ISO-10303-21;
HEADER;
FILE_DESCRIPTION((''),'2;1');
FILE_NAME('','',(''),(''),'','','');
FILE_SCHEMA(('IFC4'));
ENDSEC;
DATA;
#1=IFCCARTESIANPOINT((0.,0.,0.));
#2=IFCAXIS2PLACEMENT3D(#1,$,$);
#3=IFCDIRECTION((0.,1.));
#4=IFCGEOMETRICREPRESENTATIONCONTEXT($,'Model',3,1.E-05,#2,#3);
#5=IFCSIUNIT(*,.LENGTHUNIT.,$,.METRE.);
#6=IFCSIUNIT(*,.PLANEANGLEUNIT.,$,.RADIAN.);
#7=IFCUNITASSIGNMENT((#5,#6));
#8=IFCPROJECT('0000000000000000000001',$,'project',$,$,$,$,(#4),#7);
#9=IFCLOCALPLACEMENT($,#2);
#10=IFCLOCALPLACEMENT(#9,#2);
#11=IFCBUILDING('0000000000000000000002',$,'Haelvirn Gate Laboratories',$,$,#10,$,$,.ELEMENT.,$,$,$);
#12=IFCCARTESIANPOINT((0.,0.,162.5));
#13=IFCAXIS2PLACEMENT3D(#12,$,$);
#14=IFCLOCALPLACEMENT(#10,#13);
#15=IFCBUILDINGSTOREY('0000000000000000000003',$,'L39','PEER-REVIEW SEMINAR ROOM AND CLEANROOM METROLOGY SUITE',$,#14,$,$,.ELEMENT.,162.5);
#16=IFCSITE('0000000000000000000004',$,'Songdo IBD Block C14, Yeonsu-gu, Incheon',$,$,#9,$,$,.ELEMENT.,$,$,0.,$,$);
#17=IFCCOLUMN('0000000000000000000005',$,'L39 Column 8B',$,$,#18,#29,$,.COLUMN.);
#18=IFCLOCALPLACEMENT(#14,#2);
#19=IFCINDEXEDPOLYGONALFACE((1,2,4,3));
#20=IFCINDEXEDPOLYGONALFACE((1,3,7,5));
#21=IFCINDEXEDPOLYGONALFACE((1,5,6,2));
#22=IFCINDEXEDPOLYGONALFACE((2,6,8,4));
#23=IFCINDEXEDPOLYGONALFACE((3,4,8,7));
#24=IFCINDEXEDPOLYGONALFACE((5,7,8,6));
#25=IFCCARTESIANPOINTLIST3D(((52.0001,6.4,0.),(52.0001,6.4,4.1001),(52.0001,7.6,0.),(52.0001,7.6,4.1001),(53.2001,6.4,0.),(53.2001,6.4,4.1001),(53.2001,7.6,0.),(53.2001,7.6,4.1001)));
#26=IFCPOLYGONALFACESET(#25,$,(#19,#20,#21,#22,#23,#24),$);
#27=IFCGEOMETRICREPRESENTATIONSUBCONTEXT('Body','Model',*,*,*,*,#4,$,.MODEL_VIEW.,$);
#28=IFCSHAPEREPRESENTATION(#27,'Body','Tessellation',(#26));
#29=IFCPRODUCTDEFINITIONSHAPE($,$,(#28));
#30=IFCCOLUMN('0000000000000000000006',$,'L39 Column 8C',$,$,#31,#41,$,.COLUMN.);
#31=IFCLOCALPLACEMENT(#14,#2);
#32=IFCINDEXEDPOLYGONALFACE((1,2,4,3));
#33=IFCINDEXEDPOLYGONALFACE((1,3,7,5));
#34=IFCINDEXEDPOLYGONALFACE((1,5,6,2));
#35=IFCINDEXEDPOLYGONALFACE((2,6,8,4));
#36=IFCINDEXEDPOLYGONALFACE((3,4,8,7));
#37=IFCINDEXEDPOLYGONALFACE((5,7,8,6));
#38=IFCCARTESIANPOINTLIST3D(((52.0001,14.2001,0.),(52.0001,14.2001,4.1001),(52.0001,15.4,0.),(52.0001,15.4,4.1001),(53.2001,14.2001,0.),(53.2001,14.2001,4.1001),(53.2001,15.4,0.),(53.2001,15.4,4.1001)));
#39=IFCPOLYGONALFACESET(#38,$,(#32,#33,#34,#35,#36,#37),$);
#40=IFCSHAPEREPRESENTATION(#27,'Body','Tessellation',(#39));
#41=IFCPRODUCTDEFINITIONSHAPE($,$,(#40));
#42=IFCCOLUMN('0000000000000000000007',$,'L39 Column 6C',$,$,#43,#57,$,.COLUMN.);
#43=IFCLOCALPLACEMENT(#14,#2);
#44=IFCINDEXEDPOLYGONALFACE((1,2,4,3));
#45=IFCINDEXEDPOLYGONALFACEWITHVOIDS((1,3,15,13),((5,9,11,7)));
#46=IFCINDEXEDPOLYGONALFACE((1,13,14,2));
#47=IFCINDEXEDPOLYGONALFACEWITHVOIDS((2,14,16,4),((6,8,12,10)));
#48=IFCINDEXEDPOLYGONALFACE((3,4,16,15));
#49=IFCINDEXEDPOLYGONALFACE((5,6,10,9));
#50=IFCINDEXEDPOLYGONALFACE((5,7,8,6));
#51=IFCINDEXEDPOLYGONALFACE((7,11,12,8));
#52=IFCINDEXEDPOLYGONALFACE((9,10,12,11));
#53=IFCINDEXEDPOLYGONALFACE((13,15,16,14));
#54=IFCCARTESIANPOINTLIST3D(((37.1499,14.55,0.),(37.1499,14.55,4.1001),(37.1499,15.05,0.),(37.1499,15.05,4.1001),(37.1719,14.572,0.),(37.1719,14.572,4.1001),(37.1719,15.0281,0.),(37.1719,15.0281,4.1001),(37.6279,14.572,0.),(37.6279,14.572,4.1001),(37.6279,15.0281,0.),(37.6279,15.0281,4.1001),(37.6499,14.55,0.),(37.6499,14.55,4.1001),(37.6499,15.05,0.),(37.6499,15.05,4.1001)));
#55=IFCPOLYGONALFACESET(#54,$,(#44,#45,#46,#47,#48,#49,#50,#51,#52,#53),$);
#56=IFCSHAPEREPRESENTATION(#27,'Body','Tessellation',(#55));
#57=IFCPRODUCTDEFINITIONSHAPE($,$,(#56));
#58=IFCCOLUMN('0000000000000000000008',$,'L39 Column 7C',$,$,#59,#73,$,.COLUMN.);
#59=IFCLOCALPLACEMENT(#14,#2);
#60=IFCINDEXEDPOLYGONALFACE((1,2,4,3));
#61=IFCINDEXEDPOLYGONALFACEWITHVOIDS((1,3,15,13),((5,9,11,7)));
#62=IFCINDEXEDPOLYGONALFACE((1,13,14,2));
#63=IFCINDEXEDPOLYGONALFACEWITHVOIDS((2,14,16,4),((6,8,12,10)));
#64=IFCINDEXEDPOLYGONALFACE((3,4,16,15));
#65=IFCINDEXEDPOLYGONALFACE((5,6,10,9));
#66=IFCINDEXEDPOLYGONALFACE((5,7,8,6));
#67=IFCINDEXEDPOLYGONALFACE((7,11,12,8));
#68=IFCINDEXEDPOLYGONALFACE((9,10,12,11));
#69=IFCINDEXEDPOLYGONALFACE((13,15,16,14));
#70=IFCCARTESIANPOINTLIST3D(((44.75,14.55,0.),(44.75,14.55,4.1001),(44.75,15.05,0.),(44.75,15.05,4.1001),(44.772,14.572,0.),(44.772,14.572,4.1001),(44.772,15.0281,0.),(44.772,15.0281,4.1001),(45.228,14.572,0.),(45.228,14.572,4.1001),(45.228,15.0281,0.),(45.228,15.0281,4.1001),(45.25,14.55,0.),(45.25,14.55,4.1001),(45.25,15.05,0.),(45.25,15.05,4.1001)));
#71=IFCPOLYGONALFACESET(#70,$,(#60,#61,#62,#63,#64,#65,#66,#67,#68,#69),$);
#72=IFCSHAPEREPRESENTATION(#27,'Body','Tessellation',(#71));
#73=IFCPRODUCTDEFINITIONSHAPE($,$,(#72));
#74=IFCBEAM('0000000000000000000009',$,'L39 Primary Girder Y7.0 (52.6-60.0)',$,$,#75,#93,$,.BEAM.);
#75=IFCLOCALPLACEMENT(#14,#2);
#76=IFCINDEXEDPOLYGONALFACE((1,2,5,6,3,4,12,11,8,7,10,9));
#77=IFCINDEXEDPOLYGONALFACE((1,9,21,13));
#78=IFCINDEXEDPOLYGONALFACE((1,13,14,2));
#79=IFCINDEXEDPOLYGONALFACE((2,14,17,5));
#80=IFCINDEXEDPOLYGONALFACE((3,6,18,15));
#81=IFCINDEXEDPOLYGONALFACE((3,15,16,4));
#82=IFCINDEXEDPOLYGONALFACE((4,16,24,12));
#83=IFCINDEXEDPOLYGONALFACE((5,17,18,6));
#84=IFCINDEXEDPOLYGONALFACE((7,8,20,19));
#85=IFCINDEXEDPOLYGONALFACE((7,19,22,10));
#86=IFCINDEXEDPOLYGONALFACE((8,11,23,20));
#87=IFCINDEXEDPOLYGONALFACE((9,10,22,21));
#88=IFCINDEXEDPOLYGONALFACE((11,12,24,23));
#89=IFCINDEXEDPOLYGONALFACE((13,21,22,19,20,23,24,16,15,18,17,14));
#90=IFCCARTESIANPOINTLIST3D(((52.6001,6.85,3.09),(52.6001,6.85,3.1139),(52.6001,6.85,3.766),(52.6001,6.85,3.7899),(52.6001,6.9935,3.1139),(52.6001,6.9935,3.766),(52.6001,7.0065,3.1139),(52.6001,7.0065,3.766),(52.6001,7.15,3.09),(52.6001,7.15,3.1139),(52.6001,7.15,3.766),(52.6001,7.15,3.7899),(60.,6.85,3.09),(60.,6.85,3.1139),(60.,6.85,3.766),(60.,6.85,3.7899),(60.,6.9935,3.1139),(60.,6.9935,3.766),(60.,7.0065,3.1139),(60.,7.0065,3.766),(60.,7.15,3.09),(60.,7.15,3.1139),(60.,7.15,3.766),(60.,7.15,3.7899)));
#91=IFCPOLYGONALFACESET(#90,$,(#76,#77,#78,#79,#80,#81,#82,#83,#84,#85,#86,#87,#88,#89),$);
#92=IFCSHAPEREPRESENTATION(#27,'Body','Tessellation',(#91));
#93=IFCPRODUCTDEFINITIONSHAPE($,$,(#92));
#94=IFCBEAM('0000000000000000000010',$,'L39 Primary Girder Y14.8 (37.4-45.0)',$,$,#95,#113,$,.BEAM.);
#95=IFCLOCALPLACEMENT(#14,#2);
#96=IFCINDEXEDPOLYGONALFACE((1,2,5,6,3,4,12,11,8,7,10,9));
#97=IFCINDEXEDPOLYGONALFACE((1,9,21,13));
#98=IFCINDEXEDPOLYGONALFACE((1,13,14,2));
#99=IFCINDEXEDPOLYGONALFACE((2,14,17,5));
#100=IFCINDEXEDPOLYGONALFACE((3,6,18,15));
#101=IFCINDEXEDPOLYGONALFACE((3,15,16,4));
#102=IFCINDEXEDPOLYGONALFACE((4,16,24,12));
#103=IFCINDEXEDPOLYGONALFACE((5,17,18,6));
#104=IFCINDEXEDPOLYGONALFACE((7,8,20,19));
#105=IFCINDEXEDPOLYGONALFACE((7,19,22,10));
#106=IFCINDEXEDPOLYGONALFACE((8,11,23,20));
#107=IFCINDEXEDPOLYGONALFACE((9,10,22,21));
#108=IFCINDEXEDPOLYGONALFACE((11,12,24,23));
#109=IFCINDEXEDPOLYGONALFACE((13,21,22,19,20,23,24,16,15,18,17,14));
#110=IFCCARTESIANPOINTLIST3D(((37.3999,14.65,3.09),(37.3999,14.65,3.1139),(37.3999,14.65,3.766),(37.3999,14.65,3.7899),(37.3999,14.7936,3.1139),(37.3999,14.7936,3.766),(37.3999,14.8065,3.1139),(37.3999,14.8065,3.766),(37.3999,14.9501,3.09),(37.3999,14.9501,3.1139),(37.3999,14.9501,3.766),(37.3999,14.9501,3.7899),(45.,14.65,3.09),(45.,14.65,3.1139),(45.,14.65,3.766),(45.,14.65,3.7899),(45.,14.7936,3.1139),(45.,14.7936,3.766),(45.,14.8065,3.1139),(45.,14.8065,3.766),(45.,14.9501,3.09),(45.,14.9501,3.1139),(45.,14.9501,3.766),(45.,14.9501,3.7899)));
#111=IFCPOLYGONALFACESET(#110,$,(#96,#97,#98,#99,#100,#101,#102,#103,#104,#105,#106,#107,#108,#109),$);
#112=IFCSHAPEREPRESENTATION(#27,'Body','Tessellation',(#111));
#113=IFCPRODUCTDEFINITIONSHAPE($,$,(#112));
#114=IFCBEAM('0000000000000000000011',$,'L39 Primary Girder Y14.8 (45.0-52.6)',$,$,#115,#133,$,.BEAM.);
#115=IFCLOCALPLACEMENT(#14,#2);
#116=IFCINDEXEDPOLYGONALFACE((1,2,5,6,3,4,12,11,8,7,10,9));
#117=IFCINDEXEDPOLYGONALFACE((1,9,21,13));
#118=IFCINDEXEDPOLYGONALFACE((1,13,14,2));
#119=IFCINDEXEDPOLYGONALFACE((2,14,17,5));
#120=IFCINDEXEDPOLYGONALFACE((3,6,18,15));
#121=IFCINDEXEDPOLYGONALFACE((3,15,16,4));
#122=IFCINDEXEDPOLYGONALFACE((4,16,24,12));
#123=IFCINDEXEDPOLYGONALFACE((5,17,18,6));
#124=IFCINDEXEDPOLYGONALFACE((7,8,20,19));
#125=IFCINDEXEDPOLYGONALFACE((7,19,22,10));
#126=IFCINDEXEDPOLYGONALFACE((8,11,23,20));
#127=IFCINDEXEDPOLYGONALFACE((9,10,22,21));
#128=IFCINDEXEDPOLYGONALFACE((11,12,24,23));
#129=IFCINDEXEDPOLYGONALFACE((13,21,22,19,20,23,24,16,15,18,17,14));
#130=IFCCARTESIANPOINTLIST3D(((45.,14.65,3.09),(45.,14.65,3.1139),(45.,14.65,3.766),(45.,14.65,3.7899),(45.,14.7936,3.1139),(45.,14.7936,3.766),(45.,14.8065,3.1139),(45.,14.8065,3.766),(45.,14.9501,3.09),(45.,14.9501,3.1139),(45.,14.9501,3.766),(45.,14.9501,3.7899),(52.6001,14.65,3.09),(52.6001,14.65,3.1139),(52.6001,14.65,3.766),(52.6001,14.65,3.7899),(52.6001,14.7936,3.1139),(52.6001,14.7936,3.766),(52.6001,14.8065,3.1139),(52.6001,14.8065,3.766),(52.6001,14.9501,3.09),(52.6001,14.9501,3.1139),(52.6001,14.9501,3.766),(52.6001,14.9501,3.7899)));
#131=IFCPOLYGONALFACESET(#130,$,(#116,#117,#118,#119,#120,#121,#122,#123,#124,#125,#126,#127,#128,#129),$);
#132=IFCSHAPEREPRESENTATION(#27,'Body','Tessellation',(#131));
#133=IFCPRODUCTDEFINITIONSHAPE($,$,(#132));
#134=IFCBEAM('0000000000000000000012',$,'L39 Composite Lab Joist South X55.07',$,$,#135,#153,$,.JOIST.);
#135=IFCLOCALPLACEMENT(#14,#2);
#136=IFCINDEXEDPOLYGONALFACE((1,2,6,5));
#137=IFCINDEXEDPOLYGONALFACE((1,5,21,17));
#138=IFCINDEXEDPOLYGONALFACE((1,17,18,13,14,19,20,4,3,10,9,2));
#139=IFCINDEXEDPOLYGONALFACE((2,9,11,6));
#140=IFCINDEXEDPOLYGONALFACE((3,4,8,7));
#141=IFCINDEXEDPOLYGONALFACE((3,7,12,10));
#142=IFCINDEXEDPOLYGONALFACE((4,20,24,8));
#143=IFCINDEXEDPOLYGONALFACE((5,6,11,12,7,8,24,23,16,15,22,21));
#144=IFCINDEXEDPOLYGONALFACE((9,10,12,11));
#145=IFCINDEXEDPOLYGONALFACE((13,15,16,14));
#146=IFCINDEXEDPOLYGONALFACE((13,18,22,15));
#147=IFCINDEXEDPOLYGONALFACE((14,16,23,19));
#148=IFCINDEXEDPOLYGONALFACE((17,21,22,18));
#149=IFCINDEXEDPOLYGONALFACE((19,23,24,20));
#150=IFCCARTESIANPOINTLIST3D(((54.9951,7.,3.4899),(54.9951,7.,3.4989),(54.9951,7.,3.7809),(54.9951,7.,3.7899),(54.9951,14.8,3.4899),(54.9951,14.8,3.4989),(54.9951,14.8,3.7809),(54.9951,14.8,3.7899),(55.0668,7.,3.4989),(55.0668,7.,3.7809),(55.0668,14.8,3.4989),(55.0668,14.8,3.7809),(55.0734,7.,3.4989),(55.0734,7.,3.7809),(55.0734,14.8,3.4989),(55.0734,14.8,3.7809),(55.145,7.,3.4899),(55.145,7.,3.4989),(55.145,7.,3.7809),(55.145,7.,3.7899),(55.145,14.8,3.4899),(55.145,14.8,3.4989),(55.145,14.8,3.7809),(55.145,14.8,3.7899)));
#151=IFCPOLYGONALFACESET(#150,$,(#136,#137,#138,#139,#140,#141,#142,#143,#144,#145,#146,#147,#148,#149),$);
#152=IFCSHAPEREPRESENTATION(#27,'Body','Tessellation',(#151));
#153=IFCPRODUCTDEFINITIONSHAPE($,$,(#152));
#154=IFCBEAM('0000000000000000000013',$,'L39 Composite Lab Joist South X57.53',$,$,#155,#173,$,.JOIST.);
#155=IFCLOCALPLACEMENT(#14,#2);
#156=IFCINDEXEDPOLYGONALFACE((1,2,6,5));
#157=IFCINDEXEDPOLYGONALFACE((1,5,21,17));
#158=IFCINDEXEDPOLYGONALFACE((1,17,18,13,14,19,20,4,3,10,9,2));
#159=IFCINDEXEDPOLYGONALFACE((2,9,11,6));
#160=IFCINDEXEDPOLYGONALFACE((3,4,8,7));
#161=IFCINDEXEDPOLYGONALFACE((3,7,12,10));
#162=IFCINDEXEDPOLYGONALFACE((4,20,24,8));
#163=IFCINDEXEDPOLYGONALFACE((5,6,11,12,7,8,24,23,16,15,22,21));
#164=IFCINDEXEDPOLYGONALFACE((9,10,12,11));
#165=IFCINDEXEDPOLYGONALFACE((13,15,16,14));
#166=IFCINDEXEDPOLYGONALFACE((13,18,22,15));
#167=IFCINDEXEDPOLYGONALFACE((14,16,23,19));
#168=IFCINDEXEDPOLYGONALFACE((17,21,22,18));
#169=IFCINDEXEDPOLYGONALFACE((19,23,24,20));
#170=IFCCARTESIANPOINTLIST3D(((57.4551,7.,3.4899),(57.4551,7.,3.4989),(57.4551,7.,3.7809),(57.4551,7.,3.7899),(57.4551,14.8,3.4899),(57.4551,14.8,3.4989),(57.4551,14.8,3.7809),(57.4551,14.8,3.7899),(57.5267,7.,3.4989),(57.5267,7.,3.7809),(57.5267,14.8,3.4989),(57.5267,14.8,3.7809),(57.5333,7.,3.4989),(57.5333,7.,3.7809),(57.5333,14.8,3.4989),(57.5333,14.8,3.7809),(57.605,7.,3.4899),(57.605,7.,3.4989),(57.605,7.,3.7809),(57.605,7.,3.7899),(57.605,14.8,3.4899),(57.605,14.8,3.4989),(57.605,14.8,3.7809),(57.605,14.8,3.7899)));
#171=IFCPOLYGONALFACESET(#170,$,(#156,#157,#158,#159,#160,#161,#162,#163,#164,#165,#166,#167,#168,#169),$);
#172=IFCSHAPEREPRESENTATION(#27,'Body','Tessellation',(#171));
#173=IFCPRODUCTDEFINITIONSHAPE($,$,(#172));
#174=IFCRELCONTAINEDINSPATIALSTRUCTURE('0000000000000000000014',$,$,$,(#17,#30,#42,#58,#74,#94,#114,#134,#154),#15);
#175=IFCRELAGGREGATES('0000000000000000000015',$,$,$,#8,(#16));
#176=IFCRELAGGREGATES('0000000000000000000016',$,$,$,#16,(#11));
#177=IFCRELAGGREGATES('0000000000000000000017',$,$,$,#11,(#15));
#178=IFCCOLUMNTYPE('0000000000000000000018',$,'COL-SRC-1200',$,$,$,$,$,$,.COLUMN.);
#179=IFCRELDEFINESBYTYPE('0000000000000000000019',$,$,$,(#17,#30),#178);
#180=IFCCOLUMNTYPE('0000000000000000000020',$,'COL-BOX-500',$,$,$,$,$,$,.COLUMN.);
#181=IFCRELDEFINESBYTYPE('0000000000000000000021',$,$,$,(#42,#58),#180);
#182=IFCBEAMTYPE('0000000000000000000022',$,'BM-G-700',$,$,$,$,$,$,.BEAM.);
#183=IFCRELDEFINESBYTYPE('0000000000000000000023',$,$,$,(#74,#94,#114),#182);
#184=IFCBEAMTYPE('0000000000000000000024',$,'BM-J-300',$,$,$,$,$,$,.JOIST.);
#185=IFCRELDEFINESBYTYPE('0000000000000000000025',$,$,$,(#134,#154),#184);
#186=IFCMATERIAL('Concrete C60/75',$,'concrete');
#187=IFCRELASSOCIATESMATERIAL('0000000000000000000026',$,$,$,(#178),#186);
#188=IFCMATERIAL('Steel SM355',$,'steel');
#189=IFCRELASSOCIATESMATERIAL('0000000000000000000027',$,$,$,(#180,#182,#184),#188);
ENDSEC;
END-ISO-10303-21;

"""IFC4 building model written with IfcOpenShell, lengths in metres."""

from ifc_helpers import new_model, si_unit, direction, frame, origin, origin_2d, place, context, subcontext, project, spatial, rectangle, hollow_rectangle, i_section, extrude, source, transform, mapped, material, material_profile, profile_set, type_object, type_shapes, element, save


model = new_model("IFC4")

# Units and contexts
model_context = context("Model", 3, precision=1e-05, world=origin(), true_north=direction((0.0, 1.0)))
body_context = subcontext(model_context, "Body", "Model", "MODEL_VIEW")
ifc_project = project(units=[si_unit("LENGTHUNIT", "METRE"), si_unit("PLANEANGLEUNIT", "RADIAN")], contexts=[model_context])

# Site, building, storey
site_placement = place(None, origin())
site = spatial("IfcSite", under=ifc_project, at=site_placement, Name="Songdo IBD Block C14, Yeonsu-gu, Incheon", CompositionType="ELEMENT", RefElevation=0.0)
building_placement = place(site_placement, origin())
building = spatial("IfcBuilding", under=site, at=building_placement, Name="Haelvirn Gate Laboratories", CompositionType="ELEMENT")
storey_placement = place(building_placement, frame((0.0, 0.0, 162.5)))
storey = spatial("IfcBuildingStorey", under=building, at=storey_placement, Name="L39", Description="PEER-REVIEW SEMINAR ROOM AND CLEANROOM METROLOGY SUITE", CompositionType="ELEMENT", Elevation=162.5)

# Columns
ifc_material_1 = material(Name="Concrete C60/75", Category="concrete")
ifc_material_profile_1 = material_profile(ifc_material_1, rectangle(XDim=1.2, YDim=1.2, at=origin_2d()), Name="SRC-1200x1200")
ifc_profile_set_1 = profile_set([ifc_material_profile_1], Name="Concrete C60/75")
column_type_1 = type_object("IfcColumnType", Name="COL-SRC-1200", PredefinedType="COLUMN", material=ifc_profile_set_1)
shared_shape_1 = source(origin(), body_context, "Body", "SweptSolid", [
    extrude(rectangle(XDim=1.2, YDim=1.2, at=origin_2d()), origin(), (0.0, 0.0, 1.0), 4.1001),
])
type_shapes(column_type_1, [shared_shape_1])
for number, where, z_axis, x_axis, name in (
    (1, (52.6001, 7.0, 0.0), (0.0, 0.0, 1.0), (1.0, 0.0, 0.0), "L39 Column 8B"),
    (2, (52.6001, 14.8, 0.0), (0.0, 0.0, 1.0), (1.0, 0.0, 0.0), "L39 Column 8C"),
):
    element("IfcColumn", number, at=place(storey_placement, frame(where, z_axis=z_axis, x_axis=x_axis)), inside=storey, type_object=column_type_1, Name=name, PredefinedType="COLUMN", context=body_context, shape_type="MappedRepresentation", body=[
        mapped(shared_shape_1, transform((0.0, 0.0, 0.0), scale=1.0)),
    ])
ifc_material_2 = material(Name="Steel SM355", Category="steel")
ifc_material_profile_2 = material_profile(ifc_material_2, hollow_rectangle(XDim=0.5, YDim=0.5, WallThickness=0.022, at=origin_2d()), Name="BOX-500x500x22")
ifc_profile_set_2 = profile_set([ifc_material_profile_2], Name="Steel SM355")
column_type_2 = type_object("IfcColumnType", Name="COL-BOX-500", PredefinedType="COLUMN", material=ifc_profile_set_2)
shared_shape_2 = source(origin(), body_context, "Body", "SweptSolid", [
    extrude(hollow_rectangle(XDim=0.5, YDim=0.5, WallThickness=0.022, at=origin_2d()), origin(), (0.0, 0.0, 1.0), 4.1001),
])
type_shapes(column_type_2, [shared_shape_2])
for number, where, z_axis, x_axis, name in (
    (3, (37.3999, 14.8, 0.0), (0.0, 0.0, 1.0), (1.0, 0.0, 0.0), "L39 Column 6C"),
    (4, (45.0, 14.8, 0.0), (0.0, 0.0, 1.0), (1.0, 0.0, 0.0), "L39 Column 7C"),
):
    element("IfcColumn", number, at=place(storey_placement, frame(where, z_axis=z_axis, x_axis=x_axis)), inside=storey, type_object=column_type_2, Name=name, PredefinedType="COLUMN", context=body_context, shape_type="MappedRepresentation", body=[
        mapped(shared_shape_2, transform((0.0, 0.0, 0.0), scale=1.0)),
    ])

# Beams
ifc_material_profile_3 = material_profile(ifc_material_2, i_section(OverallWidth=0.3, OverallDepth=0.7, WebThickness=0.0129, FlangeThickness=0.0239, at=origin_2d()), Name="H-700x300x13x24")
ifc_profile_set_3 = profile_set([ifc_material_profile_3], Name="Steel SM355")
beam_type_1 = type_object("IfcBeamType", Name="BM-G-700", PredefinedType="BEAM", material=ifc_profile_set_3)
shared_shape_3 = source(origin(), body_context, "Body", "SweptSolid", [
    extrude(i_section(OverallWidth=0.3, OverallDepth=0.7, WebThickness=0.0129, FlangeThickness=0.0239, at=origin_2d()), origin(), (0.0, 0.0, 1.0), 7.3999),
])
beam_1_placement = place(storey_placement, frame((52.6001, 7.0, 3.4399), z_axis=(1.0, 0.0, 0.0), x_axis=(0.0, 1.0, 0.0)))
element("IfcBeam", 5, at=beam_1_placement, inside=storey, type_object=beam_type_1, Name="L39 Primary Girder Y7.0 (52.6-60.0)", PredefinedType="BEAM", context=body_context, shape_type="MappedRepresentation", body=[
    mapped(shared_shape_3, transform((0.0, 0.0, 0.0), scale=1.0)),
])
shared_shape_4 = source(origin(), body_context, "Body", "SweptSolid", [
    extrude(i_section(OverallWidth=0.3, OverallDepth=0.7, WebThickness=0.0129, FlangeThickness=0.0239, at=origin_2d()), origin(), (0.0, 0.0, 1.0), 7.6001),
])
type_shapes(beam_type_1, [shared_shape_3, shared_shape_4])
for number, where, z_axis, x_axis, name in (
    (6, (37.3999, 14.8, 3.4399), (1.0, 0.0, 0.0), (0.0, 1.0, 0.0), "L39 Primary Girder Y14.8 (37.4-45.0)"),
    (7, (45.0, 14.8, 3.4399), (1.0, 0.0, 0.0), (0.0, 1.0, 0.0), "L39 Primary Girder Y14.8 (45.0-52.6)"),
):
    element("IfcBeam", number, at=place(storey_placement, frame(where, z_axis=z_axis, x_axis=x_axis)), inside=storey, type_object=beam_type_1, Name=name, PredefinedType="BEAM", context=body_context, shape_type="MappedRepresentation", body=[
        mapped(shared_shape_4, transform((0.0, 0.0, 0.0), scale=1.0)),
    ])
ifc_material_profile_4 = material_profile(ifc_material_2, i_section(OverallWidth=0.1499, OverallDepth=0.3, WebThickness=0.0066, FlangeThickness=0.009, at=origin_2d()), Name="H-300x150x6.5x9")
ifc_profile_set_4 = profile_set([ifc_material_profile_4], Name="Steel SM355")
beam_type_2 = type_object("IfcBeamType", Name="BM-J-300", PredefinedType="JOIST", material=ifc_profile_set_4)
shared_shape_5 = source(origin(), body_context, "Body", "SweptSolid", [
    extrude(i_section(OverallWidth=0.1499, OverallDepth=0.3, WebThickness=0.0066, FlangeThickness=0.009, at=origin_2d()), origin(), (0.0, 0.0, 1.0), 7.8),
])
type_shapes(beam_type_2, [shared_shape_5])
for number, where, z_axis, x_axis, name in (
    (8, (55.0701, 7.0, 3.6399), (0.0, 1.0, 0.0), (-1.0, 0.0, 0.0), "L39 Composite Lab Joist South X55.07"),
    (9, (57.53, 7.0, 3.6399), (0.0, 1.0, 0.0), (-1.0, 0.0, 0.0), "L39 Composite Lab Joist South X57.53"),
):
    element("IfcBeam", number, at=place(storey_placement, frame(where, z_axis=z_axis, x_axis=x_axis)), inside=storey, type_object=beam_type_2, Name=name, PredefinedType="JOIST", context=body_context, shape_type="MappedRepresentation", body=[
        mapped(shared_shape_5, transform((0.0, 0.0, 0.0), scale=1.0)),
    ])

save(model, "model.ifc")
